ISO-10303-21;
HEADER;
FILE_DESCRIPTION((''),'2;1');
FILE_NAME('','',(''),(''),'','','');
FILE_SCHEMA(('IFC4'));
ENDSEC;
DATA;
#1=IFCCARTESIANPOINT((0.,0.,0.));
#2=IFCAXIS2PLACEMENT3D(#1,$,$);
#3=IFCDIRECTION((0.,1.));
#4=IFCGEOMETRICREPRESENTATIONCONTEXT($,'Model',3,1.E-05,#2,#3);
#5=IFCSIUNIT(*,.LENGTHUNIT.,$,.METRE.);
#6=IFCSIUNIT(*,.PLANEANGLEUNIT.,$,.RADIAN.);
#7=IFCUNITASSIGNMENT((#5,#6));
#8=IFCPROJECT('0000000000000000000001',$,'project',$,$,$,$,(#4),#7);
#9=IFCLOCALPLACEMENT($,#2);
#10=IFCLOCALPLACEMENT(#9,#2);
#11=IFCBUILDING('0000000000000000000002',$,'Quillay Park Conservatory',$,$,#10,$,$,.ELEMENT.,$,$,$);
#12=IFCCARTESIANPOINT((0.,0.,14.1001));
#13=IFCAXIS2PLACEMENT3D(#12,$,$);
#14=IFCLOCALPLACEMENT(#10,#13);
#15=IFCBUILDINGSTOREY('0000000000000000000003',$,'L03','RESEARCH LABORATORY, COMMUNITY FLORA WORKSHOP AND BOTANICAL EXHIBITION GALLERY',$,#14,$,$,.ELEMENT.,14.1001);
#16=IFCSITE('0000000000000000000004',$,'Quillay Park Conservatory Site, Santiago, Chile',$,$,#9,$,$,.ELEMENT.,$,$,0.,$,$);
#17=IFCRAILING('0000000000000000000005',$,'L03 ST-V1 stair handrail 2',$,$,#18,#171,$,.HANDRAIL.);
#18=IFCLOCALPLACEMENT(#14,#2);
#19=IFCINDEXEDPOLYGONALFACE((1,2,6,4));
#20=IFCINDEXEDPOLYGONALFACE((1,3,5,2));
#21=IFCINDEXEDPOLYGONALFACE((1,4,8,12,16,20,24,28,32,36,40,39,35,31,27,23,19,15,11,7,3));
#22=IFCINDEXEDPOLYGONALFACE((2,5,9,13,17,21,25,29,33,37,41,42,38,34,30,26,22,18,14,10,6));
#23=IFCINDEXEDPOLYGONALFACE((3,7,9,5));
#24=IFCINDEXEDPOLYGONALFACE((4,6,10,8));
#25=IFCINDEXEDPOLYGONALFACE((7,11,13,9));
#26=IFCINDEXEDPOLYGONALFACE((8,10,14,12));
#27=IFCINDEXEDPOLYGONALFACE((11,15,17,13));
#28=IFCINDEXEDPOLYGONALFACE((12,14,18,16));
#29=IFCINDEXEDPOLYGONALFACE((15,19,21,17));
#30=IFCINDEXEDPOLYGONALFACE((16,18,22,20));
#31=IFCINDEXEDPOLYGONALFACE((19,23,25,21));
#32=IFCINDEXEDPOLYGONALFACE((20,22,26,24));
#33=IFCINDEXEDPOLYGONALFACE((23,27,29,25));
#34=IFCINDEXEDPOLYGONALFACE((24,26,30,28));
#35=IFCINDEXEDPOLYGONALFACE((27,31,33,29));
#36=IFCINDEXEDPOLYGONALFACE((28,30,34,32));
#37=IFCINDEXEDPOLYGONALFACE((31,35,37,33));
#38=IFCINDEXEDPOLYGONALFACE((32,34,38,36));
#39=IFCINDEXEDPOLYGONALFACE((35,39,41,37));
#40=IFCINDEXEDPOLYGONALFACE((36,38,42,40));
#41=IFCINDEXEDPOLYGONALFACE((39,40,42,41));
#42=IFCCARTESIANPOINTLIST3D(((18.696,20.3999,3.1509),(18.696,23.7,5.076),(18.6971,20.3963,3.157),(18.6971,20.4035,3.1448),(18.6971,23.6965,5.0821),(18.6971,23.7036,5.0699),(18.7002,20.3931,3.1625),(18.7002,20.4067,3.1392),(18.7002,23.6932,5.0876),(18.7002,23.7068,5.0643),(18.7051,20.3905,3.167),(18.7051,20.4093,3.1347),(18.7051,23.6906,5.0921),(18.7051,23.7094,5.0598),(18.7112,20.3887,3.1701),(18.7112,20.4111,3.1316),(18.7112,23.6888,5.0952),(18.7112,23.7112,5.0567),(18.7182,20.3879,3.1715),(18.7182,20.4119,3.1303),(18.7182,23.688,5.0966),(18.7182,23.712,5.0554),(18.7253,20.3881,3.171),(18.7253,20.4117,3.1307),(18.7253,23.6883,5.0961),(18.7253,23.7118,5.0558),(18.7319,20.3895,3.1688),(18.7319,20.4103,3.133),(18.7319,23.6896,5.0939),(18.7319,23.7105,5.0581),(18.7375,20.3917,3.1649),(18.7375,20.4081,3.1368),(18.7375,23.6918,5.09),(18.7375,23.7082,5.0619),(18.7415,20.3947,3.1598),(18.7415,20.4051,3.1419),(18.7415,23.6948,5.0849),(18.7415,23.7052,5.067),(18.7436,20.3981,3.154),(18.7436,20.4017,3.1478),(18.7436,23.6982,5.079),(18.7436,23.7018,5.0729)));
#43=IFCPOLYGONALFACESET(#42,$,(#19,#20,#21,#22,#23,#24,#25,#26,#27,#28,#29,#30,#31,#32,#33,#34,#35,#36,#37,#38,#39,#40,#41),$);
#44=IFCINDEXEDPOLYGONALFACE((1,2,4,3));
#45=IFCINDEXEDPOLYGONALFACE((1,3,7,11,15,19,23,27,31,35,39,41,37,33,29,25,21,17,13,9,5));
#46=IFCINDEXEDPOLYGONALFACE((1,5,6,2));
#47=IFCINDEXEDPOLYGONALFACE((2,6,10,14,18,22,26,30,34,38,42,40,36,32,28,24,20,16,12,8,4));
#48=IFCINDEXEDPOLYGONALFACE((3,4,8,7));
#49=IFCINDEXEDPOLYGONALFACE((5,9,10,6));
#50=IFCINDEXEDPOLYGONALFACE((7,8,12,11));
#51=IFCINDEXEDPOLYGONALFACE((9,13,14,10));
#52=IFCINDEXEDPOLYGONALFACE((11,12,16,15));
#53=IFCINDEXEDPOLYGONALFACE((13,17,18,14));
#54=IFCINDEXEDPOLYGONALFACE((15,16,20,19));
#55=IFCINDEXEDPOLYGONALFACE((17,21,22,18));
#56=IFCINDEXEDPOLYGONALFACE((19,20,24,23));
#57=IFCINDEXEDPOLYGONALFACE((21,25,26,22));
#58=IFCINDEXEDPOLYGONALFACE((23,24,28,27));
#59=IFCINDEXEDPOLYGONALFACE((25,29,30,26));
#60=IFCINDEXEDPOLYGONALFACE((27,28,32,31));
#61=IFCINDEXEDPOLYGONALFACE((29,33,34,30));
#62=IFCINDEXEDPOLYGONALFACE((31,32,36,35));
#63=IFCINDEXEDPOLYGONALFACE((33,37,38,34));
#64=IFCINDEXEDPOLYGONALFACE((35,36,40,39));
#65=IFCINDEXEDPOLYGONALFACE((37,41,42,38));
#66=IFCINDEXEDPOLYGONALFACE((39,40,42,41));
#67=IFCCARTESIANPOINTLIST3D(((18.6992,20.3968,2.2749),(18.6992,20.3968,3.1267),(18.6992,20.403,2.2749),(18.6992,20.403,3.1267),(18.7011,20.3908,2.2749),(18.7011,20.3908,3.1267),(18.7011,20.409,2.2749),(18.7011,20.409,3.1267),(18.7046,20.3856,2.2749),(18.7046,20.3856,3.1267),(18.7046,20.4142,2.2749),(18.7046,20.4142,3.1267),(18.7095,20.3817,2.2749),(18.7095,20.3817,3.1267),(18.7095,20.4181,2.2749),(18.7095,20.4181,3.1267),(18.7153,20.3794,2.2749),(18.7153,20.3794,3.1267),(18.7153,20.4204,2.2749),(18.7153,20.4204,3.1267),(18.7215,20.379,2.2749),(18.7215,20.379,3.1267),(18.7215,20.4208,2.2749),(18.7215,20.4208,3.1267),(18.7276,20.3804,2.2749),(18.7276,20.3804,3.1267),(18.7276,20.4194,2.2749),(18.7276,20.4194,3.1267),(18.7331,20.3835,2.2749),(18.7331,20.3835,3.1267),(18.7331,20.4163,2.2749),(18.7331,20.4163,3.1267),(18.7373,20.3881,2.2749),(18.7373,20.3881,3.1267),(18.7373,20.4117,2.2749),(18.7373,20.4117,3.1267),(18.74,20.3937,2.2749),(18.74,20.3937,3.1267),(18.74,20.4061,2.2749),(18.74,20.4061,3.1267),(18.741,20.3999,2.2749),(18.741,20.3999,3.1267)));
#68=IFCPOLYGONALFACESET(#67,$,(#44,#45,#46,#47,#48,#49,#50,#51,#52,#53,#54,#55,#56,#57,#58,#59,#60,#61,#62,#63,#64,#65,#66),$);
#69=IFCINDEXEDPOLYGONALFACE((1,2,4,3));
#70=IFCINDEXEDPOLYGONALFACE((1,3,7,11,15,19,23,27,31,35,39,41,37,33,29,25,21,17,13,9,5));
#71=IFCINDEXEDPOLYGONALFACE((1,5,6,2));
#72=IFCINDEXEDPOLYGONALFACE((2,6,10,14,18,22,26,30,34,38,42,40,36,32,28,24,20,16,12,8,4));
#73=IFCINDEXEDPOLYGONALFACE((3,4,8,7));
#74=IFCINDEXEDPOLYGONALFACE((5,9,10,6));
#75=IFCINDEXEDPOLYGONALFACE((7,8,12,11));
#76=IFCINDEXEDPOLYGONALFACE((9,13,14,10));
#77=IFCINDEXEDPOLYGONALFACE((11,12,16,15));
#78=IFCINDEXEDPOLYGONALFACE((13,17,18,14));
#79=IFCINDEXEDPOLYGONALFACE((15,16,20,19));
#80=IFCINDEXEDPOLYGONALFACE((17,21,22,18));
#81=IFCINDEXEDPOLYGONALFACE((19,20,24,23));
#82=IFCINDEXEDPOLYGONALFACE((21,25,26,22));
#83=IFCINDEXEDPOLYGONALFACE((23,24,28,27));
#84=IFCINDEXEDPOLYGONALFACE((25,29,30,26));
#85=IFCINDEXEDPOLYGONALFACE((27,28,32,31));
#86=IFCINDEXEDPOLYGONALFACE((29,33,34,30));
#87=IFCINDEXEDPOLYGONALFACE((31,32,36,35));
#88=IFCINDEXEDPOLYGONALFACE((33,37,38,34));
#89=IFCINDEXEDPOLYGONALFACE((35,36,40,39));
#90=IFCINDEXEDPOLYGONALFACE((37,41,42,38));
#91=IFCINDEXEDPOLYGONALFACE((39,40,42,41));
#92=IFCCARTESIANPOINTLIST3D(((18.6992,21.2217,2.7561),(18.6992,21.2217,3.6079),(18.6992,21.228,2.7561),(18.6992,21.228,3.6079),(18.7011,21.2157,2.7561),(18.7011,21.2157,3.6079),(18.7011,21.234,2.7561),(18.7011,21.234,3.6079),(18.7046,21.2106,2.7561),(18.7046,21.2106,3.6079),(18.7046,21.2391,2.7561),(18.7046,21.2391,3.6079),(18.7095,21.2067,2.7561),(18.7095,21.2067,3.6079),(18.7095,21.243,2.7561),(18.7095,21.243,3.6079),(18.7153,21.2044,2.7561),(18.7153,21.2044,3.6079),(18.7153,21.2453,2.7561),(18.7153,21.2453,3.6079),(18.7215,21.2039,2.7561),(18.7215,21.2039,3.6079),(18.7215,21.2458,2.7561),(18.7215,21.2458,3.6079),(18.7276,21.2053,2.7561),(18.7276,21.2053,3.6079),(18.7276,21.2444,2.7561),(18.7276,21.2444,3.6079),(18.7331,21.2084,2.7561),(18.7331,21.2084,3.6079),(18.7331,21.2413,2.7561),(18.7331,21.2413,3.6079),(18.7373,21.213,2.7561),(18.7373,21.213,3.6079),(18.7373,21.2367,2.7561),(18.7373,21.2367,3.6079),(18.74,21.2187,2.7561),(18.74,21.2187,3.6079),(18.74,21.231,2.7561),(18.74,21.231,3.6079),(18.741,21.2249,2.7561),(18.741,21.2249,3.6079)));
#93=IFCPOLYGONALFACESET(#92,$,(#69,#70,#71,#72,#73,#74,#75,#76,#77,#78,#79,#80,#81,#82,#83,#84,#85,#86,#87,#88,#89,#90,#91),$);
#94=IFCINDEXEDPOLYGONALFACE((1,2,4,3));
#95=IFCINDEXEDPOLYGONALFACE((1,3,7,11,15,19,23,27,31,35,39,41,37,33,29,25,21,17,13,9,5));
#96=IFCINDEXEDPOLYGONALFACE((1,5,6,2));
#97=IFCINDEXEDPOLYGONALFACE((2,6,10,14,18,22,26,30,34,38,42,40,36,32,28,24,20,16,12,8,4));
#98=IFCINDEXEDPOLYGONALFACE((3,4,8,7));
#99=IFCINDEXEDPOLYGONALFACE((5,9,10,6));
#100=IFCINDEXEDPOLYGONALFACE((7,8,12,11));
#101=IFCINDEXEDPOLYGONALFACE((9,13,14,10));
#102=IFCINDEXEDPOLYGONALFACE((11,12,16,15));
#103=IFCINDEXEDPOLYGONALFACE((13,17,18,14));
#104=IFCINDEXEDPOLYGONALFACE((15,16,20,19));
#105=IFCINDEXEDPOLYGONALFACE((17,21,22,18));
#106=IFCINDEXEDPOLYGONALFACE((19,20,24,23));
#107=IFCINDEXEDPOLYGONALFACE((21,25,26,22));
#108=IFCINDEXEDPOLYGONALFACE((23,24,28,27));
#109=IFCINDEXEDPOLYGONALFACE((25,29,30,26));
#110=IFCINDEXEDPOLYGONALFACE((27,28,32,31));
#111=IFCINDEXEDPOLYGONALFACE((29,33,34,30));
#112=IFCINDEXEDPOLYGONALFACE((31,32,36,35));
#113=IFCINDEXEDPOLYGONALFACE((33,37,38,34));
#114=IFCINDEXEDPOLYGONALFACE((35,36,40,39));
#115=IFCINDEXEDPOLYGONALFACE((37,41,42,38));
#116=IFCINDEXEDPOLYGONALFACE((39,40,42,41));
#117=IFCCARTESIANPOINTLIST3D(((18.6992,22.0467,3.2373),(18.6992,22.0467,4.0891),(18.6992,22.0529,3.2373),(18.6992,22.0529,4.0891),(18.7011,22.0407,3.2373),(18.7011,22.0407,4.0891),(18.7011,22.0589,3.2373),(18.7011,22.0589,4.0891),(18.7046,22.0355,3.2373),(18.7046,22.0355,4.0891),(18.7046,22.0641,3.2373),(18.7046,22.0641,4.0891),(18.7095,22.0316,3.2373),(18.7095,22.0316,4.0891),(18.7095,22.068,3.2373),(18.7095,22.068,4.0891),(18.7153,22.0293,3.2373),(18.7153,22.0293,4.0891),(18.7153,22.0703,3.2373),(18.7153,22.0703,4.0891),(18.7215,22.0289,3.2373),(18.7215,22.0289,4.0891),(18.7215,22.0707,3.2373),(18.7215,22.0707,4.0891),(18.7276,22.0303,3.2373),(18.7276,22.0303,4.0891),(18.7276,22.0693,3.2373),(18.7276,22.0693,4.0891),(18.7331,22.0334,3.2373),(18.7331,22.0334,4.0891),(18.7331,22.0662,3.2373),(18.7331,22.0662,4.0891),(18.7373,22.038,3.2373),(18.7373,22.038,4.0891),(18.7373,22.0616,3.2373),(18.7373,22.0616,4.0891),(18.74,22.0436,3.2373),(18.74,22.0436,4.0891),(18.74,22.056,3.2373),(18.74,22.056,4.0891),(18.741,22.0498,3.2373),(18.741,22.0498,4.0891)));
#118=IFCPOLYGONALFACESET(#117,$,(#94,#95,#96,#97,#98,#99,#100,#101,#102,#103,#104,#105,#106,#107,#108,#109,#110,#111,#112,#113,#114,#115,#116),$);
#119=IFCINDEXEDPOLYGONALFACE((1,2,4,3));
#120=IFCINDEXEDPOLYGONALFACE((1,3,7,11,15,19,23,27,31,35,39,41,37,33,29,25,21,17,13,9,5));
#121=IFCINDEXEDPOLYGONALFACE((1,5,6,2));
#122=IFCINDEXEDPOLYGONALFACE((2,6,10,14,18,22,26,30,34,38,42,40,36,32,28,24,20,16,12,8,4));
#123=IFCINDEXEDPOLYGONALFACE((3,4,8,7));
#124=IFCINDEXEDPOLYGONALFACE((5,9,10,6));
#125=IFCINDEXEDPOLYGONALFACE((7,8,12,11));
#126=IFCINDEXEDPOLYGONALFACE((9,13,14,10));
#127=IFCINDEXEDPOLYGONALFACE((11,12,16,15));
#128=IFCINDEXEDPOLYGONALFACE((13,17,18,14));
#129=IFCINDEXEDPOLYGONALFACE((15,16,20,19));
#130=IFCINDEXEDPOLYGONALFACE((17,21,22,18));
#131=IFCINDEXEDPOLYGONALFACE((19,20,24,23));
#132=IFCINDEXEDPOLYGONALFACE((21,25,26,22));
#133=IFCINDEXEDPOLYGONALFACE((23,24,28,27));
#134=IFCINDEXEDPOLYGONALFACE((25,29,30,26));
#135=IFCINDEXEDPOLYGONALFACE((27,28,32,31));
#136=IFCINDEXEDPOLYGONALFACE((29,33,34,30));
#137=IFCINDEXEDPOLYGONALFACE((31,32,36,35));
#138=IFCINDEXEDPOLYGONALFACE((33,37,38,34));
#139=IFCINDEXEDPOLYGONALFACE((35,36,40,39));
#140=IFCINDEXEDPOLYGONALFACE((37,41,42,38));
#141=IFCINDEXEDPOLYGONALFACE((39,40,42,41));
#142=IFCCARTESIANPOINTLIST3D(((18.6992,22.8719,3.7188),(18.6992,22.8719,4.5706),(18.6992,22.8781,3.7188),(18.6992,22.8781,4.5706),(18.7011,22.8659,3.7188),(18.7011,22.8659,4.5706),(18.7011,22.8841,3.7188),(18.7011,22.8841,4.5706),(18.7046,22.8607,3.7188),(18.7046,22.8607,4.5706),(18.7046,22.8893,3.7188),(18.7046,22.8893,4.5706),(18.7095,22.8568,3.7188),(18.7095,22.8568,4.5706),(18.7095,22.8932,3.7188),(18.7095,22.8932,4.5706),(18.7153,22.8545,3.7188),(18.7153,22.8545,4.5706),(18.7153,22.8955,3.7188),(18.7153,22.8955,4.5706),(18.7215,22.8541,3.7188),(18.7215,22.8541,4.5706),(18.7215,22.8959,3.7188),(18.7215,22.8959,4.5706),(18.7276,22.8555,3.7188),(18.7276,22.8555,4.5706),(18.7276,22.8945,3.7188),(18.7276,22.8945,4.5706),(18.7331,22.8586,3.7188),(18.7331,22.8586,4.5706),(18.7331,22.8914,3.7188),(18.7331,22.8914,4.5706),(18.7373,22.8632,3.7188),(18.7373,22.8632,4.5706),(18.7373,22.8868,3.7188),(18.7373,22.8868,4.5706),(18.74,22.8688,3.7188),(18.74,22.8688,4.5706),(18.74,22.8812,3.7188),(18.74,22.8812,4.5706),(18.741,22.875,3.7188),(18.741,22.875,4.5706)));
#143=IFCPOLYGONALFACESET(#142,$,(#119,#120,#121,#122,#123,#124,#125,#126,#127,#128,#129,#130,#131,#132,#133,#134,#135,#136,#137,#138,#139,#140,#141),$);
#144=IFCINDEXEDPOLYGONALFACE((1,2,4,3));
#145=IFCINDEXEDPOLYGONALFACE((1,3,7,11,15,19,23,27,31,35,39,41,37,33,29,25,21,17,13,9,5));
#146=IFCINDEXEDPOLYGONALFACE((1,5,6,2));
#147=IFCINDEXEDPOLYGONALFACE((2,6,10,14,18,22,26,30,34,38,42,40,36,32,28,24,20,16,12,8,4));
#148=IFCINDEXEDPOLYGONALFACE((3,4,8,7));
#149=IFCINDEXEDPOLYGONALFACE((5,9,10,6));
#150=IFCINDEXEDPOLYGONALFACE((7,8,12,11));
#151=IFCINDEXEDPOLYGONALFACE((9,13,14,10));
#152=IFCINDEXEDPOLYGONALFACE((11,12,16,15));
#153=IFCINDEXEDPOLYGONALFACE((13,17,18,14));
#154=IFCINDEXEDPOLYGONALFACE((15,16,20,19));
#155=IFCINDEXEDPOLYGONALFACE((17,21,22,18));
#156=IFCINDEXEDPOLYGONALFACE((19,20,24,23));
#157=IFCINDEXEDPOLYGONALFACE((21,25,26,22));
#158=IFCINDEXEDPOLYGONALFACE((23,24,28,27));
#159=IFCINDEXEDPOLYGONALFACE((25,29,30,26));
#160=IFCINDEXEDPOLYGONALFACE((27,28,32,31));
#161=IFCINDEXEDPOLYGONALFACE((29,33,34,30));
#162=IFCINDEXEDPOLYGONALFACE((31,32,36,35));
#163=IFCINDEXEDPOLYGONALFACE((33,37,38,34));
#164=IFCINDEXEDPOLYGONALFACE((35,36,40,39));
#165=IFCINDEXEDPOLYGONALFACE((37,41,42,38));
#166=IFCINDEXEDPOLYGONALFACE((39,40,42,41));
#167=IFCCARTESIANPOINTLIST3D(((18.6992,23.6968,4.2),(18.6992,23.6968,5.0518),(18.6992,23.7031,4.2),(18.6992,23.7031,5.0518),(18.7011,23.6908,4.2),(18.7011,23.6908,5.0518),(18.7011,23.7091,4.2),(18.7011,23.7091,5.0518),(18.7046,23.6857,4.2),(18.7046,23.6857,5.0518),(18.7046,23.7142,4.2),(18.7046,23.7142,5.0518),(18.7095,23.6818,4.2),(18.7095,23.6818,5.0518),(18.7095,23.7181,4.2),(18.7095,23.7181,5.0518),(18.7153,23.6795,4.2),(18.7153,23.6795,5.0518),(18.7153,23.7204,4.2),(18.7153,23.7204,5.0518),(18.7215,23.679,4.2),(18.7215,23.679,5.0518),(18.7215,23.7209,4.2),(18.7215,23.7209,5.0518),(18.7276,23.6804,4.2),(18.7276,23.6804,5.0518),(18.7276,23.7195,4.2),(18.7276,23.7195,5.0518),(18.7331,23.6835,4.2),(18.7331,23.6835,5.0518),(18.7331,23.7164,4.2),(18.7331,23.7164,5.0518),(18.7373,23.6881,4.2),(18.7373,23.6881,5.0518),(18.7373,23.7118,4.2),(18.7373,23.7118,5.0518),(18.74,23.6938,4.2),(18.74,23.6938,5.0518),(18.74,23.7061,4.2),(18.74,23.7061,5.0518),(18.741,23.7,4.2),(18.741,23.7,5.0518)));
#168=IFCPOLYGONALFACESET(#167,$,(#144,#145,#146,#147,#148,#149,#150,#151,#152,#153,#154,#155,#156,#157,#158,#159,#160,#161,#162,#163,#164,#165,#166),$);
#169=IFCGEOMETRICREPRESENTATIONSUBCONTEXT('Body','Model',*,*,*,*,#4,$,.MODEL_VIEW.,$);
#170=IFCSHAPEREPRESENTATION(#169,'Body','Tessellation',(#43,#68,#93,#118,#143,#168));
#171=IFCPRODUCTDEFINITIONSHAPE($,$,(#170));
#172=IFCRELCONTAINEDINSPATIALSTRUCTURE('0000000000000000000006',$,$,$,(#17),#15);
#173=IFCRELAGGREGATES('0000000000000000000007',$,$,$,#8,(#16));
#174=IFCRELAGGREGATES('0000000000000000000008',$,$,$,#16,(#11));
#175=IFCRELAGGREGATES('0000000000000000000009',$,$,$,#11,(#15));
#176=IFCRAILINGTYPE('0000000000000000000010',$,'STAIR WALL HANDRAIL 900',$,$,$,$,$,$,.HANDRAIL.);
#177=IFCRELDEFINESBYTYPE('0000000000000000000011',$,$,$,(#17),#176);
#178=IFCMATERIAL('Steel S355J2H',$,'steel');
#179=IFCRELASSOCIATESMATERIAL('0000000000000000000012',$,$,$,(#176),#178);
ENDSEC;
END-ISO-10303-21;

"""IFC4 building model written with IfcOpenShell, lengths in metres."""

from ifc_helpers import new_model, si_unit, direction, frame, origin, origin_2d, place, context, subcontext, project, spatial, circle, extrude, material, type_object, element, save


model = new_model("IFC4")

# Units and contexts
model_context = context("Model", 3, precision=1e-05, world=origin(), true_north=direction((0.0, 1.0)))
body_context = subcontext(model_context, "Body", "Model", "MODEL_VIEW")
ifc_project = project(units=[si_unit("LENGTHUNIT", "METRE"), si_unit("PLANEANGLEUNIT", "RADIAN")], contexts=[model_context])

# Site, building, storey
site_placement = place(None, origin())
site = spatial("IfcSite", under=ifc_project, at=site_placement, Name="Quillay Park Conservatory Site, Santiago, Chile", CompositionType="ELEMENT", RefElevation=0.0)
building_placement = place(site_placement, origin())
building = spatial("IfcBuilding", under=site, at=building_placement, Name="Quillay Park Conservatory", CompositionType="ELEMENT")
storey_placement = place(building_placement, frame((0.0, 0.0, 14.1001)))
storey = spatial("IfcBuildingStorey", under=building, at=storey_placement, Name="L03", Description="RESEARCH LABORATORY, COMMUNITY FLORA WORKSHOP AND BOTANICAL EXHIBITION GALLERY", CompositionType="ELEMENT", Elevation=14.1001)

# Railing
ifc_material_1 = material(Name="Steel S355J2H", Category="steel")
railing_type_1 = type_object("IfcRailingType", Name="STAIR WALL HANDRAIL 900", PredefinedType="HANDRAIL", material=ifc_material_1)
railing_1_placement = place(storey_placement, frame((18.72, 20.3999, 2.2749)))
element("IfcRailing", 1, at=railing_1_placement, inside=storey, type_object=railing_type_1, Name="L03 ST-V1 stair handrail 2", PredefinedType="HANDRAIL", context=body_context, shape_type="SweptSolid", body=[
    extrude(circle(Radius=0.0239, at=origin_2d()), frame((0.0, 0.0, 0.876), z_axis=(0.0, 0.863777, 0.503875), x_axis=(-1.0, 0.0, 0.0)), (0.0, 0.0, 1.0), 3.8206),
    extrude(circle(Radius=0.021, at=origin_2d()), origin(), (0.0, 0.0, 1.0), 0.8518),
    extrude(circle(Radius=0.021, at=origin_2d()), frame((0.0, 0.825, 0.4812)), (0.0, 0.0, 1.0), 0.8518),
    extrude(circle(Radius=0.021, at=origin_2d()), frame((0.0, 1.6499, 0.9624)), (0.0, 0.0, 1.0), 0.8518),
    extrude(circle(Radius=0.021, at=origin_2d()), frame((0.0, 2.4751, 1.4438)), (0.0, 0.0, 1.0), 0.8518),
    extrude(circle(Radius=0.021, at=origin_2d()), frame((0.0, 3.3, 1.925)), (0.0, 0.0, 1.0), 0.8518),
])

save(model, "model.ifc")
